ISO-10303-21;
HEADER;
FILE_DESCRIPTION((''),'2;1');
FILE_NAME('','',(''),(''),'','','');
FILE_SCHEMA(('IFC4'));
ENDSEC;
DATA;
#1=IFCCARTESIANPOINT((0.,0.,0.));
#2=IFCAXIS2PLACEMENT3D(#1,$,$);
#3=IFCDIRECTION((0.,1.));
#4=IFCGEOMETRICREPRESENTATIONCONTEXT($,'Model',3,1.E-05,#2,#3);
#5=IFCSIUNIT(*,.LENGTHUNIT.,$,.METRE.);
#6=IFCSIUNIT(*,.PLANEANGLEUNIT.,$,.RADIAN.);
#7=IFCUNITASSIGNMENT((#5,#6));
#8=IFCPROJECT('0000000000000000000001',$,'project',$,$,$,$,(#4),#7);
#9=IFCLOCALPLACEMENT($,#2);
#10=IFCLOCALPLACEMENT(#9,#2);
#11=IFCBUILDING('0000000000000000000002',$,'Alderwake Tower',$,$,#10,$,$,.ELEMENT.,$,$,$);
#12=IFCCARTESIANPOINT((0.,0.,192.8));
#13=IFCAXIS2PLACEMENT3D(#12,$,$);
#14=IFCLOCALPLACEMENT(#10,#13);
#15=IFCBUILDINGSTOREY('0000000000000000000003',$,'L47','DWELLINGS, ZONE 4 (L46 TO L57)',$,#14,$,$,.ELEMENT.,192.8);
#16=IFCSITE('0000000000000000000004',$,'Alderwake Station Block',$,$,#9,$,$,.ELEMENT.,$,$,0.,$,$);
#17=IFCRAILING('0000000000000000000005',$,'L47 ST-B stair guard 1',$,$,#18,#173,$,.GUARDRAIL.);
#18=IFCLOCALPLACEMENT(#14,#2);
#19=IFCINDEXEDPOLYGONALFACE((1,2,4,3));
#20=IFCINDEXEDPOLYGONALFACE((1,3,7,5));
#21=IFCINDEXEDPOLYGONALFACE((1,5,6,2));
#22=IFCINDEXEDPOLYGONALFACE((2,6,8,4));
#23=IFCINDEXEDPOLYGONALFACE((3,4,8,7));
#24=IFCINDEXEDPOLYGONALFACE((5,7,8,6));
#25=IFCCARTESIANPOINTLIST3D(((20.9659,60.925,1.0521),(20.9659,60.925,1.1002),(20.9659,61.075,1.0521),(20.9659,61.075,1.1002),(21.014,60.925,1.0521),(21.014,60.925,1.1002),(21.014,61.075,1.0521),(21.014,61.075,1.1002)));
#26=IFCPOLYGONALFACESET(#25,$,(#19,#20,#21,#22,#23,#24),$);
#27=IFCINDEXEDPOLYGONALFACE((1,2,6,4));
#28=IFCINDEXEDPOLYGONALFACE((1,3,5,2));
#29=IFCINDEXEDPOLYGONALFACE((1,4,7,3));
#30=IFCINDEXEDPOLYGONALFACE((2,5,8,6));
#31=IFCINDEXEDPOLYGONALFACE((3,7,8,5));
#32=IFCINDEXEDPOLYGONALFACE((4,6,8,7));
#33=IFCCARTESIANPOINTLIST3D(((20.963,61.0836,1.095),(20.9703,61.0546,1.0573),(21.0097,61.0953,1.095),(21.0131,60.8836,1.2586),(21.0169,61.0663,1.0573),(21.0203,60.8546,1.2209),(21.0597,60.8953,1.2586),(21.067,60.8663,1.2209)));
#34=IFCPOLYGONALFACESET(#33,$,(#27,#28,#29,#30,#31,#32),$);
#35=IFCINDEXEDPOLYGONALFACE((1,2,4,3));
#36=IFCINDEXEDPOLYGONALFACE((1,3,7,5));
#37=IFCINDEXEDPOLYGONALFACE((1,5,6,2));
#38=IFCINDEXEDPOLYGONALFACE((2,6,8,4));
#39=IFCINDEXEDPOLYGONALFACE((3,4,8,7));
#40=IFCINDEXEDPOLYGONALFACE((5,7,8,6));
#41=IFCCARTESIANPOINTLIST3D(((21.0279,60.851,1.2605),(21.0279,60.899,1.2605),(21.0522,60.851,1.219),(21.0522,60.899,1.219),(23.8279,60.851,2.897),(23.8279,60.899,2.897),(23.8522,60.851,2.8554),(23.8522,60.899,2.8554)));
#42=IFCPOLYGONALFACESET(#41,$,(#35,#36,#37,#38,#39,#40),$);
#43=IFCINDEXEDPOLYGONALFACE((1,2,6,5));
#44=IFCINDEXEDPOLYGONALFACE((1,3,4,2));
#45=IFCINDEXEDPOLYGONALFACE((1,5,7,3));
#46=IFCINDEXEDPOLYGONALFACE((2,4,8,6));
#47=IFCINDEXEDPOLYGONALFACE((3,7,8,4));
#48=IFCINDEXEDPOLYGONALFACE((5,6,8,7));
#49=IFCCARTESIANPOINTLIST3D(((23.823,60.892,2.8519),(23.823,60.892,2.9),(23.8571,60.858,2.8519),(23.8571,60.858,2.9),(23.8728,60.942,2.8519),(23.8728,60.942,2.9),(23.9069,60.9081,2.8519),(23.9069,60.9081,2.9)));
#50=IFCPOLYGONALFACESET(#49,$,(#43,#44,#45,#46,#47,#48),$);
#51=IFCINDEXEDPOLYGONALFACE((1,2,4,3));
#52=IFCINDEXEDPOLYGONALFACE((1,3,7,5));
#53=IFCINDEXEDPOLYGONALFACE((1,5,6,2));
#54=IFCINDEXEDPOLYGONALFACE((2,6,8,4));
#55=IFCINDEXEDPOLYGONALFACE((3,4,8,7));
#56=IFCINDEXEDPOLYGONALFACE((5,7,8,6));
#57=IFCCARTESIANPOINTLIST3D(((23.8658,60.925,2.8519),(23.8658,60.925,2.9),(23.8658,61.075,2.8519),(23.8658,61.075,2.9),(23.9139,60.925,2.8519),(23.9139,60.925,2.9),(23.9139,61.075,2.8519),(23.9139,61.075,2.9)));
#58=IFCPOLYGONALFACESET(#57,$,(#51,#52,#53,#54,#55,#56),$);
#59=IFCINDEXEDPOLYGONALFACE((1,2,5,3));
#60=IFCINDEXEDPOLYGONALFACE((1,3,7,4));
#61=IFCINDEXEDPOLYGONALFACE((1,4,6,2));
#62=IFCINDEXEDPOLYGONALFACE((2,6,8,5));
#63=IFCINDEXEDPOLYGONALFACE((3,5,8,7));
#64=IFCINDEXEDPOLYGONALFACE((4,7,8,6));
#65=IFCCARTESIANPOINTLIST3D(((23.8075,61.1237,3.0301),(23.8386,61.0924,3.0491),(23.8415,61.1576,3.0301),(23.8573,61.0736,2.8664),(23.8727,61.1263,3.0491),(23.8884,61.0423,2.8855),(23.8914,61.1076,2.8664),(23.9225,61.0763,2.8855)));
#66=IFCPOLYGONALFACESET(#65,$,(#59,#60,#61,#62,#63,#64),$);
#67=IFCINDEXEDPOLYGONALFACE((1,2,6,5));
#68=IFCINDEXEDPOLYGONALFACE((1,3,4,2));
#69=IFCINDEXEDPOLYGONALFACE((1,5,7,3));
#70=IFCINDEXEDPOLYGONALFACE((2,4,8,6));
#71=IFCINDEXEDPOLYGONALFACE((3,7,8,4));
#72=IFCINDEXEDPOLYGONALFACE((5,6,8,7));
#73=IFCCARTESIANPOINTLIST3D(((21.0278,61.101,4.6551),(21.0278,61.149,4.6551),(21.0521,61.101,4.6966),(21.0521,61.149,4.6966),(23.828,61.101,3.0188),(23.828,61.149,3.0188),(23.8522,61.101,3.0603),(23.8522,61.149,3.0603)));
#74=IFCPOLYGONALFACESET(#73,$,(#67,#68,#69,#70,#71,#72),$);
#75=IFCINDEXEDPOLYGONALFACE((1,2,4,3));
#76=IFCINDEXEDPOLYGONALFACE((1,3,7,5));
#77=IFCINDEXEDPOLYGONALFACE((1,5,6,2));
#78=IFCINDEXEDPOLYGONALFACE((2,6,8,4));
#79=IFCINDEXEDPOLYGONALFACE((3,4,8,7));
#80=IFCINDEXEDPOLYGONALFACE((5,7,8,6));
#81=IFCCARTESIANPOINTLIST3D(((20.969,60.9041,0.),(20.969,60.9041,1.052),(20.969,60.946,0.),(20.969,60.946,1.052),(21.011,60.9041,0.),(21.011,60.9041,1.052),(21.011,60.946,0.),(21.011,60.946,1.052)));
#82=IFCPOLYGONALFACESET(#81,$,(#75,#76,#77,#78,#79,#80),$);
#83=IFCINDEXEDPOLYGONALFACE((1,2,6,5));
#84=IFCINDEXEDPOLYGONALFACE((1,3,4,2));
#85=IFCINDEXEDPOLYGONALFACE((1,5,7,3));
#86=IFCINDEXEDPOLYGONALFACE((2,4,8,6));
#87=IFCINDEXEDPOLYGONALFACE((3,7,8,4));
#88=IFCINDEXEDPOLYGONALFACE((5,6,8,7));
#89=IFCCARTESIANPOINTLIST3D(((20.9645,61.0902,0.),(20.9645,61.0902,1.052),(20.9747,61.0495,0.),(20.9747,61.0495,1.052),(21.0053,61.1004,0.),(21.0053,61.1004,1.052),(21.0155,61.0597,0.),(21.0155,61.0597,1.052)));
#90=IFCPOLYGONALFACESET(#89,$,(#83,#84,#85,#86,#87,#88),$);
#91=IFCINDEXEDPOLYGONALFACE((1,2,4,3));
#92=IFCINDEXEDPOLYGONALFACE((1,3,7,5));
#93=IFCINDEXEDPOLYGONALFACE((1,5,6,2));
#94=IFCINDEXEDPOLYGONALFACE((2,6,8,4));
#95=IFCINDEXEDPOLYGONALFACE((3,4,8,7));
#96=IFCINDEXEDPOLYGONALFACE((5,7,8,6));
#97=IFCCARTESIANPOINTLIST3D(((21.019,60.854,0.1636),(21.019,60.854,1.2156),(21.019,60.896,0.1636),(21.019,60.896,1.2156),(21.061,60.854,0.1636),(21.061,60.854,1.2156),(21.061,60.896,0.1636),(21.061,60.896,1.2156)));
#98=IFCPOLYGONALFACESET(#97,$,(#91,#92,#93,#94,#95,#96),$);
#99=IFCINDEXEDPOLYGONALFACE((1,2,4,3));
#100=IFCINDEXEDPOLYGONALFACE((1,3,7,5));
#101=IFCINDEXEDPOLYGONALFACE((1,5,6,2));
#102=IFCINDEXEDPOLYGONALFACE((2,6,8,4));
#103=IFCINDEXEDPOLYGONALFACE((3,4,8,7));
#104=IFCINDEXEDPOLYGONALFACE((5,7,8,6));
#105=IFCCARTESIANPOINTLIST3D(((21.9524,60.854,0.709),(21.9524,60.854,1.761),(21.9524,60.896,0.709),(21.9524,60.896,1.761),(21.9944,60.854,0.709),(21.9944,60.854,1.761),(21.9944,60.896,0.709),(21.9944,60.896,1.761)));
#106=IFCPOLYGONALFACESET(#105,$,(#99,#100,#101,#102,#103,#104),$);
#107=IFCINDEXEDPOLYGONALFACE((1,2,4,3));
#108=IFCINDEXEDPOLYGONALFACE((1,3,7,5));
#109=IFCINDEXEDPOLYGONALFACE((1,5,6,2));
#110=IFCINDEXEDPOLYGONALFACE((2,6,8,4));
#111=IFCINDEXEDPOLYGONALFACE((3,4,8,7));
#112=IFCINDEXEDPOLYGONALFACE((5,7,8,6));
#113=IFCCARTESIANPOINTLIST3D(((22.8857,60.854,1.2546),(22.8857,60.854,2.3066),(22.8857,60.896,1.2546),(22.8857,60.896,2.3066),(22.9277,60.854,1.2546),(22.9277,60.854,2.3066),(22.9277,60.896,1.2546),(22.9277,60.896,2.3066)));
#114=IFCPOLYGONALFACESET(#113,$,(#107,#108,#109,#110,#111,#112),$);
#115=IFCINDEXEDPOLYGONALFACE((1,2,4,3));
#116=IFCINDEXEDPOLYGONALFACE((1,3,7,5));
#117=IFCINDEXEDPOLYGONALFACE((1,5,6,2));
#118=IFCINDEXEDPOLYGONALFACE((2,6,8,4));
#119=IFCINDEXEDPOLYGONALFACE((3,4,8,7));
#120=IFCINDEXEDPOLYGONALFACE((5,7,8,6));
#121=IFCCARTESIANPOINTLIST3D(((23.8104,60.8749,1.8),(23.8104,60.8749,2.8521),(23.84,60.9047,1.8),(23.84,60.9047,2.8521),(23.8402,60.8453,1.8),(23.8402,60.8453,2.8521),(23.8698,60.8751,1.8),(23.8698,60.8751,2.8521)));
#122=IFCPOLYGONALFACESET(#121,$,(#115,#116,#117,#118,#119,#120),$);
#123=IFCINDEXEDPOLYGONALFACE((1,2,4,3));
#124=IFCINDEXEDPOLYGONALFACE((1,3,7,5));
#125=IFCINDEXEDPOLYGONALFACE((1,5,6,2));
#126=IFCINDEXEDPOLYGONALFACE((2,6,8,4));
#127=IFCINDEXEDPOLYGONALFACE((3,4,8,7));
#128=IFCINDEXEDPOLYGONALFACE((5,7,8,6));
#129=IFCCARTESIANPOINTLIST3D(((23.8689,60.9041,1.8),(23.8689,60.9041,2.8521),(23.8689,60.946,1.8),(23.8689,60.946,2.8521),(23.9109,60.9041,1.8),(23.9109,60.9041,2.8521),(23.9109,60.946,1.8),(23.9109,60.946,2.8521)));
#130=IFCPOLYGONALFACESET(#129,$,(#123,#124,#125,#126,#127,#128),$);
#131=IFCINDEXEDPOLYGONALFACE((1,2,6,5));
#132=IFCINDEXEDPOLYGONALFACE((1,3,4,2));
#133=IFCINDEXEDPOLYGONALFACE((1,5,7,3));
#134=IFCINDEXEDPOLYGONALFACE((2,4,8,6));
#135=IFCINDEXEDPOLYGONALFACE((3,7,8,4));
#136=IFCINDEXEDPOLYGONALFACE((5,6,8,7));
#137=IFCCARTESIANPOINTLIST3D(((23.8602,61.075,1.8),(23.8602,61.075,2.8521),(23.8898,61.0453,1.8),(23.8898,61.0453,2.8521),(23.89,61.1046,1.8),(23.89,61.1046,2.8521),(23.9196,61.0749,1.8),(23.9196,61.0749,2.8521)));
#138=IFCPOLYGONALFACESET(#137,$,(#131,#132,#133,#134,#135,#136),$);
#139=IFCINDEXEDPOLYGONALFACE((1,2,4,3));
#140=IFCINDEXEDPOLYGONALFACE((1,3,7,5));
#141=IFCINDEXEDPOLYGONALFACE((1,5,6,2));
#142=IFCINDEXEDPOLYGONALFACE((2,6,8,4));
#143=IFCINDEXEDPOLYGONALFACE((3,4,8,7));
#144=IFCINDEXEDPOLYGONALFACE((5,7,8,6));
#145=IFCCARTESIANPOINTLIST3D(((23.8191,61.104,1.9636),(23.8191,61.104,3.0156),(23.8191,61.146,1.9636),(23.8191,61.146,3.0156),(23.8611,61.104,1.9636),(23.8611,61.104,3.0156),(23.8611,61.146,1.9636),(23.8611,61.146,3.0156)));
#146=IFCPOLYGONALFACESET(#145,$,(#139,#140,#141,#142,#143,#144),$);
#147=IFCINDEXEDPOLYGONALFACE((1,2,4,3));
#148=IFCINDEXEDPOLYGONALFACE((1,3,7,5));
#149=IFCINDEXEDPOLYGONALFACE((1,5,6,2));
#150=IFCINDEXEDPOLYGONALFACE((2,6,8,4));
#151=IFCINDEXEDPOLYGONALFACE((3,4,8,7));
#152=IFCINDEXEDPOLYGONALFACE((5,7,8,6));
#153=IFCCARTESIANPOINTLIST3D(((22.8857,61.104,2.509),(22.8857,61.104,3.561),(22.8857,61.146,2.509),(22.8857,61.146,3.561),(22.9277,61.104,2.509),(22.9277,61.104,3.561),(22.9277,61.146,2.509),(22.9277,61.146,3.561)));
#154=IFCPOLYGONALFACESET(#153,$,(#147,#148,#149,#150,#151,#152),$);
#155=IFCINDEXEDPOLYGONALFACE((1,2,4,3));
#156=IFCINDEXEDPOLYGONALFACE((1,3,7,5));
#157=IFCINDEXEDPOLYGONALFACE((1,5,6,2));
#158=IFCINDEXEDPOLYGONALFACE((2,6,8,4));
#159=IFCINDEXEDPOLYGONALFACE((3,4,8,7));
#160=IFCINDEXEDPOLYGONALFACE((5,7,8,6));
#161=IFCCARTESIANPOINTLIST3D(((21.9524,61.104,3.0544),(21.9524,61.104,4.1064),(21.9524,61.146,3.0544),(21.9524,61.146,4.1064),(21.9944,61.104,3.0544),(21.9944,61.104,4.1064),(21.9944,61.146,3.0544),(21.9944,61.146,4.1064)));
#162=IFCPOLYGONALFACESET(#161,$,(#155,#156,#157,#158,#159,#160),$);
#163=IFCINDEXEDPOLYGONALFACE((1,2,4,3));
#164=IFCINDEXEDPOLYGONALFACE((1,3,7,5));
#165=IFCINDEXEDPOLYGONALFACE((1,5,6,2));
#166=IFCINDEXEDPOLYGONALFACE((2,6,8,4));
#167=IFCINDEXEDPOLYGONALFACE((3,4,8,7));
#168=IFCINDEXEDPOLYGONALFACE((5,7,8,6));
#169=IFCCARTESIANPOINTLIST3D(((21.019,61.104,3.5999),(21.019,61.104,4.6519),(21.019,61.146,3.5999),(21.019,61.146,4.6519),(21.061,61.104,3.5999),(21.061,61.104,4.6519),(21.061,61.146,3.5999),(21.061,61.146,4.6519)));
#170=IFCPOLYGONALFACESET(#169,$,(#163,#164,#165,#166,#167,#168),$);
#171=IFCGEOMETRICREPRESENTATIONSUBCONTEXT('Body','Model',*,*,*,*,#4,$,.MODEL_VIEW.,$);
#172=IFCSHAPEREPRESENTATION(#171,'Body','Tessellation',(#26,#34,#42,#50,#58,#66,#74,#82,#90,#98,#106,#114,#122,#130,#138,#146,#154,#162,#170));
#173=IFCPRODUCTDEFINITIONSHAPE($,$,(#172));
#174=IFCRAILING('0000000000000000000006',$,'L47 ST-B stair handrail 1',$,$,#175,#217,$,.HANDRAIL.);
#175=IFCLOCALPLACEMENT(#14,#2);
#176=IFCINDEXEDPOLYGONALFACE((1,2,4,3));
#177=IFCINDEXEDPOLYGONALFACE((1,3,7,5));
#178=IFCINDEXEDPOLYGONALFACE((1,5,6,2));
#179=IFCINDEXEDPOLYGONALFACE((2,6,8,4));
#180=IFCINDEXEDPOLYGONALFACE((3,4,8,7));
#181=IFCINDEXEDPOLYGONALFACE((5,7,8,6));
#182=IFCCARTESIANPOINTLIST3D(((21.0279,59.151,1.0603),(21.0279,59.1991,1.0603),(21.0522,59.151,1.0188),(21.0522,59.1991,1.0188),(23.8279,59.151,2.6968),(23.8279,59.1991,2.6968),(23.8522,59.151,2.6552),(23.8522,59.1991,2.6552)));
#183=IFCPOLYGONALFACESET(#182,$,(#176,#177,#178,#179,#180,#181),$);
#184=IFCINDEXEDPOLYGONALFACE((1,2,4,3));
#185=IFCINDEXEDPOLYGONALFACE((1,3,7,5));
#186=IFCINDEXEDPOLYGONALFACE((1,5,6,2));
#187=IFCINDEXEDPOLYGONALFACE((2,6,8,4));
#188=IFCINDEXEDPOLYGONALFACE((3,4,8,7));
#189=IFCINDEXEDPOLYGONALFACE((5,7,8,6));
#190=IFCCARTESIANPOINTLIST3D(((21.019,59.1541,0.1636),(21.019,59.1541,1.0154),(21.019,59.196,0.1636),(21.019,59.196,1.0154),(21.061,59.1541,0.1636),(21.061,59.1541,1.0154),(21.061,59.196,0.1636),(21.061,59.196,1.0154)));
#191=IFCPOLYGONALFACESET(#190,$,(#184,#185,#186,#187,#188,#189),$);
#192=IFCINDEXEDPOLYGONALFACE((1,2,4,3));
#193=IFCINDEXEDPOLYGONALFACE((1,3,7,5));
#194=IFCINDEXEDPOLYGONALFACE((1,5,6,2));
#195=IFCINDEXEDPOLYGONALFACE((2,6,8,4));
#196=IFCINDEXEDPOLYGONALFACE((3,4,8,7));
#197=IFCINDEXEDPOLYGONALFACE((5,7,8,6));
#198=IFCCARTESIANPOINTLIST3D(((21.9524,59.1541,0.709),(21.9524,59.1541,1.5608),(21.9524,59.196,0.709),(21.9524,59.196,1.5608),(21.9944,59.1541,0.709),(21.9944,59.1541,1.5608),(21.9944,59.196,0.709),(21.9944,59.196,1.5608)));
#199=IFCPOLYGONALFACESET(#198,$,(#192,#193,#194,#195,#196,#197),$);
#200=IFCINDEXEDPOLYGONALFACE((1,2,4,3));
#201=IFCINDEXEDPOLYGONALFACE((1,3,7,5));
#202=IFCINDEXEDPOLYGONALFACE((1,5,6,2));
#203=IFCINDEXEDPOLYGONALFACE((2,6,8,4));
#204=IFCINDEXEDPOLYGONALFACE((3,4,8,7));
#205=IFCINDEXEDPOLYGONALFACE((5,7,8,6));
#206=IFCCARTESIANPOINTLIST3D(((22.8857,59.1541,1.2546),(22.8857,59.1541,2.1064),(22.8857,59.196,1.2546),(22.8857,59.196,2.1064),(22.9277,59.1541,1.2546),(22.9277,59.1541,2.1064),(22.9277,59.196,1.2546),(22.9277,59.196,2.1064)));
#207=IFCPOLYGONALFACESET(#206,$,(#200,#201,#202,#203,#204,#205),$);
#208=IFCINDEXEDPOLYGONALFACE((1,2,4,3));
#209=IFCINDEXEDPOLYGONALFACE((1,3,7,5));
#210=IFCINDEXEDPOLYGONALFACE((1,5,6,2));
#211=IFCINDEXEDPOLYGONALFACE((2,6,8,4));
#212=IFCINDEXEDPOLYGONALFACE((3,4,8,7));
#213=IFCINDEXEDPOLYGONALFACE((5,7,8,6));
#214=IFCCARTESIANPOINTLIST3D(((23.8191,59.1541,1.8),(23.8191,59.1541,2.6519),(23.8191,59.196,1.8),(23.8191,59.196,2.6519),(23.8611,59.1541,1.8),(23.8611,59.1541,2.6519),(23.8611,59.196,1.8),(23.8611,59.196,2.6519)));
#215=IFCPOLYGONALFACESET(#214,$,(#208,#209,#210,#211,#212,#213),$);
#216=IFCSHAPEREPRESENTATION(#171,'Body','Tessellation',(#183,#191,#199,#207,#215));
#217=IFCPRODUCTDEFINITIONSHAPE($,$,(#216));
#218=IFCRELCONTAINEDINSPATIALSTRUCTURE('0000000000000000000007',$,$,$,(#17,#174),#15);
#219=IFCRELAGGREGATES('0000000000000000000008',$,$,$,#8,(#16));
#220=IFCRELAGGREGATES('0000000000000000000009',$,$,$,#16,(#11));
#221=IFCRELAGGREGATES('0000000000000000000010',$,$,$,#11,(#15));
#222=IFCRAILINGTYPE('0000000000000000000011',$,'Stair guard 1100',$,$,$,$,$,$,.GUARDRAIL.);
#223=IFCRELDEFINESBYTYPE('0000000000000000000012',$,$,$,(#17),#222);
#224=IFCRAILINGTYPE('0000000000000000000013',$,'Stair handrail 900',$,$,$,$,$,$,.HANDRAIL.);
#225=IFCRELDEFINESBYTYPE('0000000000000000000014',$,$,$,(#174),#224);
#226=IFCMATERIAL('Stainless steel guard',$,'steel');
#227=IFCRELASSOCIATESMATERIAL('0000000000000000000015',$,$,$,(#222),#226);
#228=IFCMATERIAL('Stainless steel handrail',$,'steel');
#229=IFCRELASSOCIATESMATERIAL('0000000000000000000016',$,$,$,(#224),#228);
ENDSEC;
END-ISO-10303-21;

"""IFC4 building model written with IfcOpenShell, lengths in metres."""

from ifc_helpers import new_model, si_unit, direction, frame, origin, origin_with_axes, origin_2d, place, context, subcontext, project, spatial, rectangle, extrude, material, type_object, element, save


model = new_model("IFC4")

# Units and contexts
model_context = context("Model", 3, precision=1e-05, world=origin(), true_north=direction((0.0, 1.0)))
body_context = subcontext(model_context, "Body", "Model", "MODEL_VIEW")
ifc_project = project(units=[si_unit("LENGTHUNIT", "METRE"), si_unit("PLANEANGLEUNIT", "RADIAN")], contexts=[model_context])

# Site, building, storey
site_placement = place(None, origin())
site = spatial("IfcSite", under=ifc_project, at=site_placement, Name="Alderwake Station Block", CompositionType="ELEMENT", RefElevation=0.0)
building_placement = place(site_placement, origin())
building = spatial("IfcBuilding", under=site, at=building_placement, Name="Alderwake Tower", CompositionType="ELEMENT")
storey_placement = place(building_placement, frame((0.0, 0.0, 192.8)))
storey = spatial("IfcBuildingStorey", under=building, at=storey_placement, Name="L47", Description="DWELLINGS, ZONE 4 (L46 TO L57)", CompositionType="ELEMENT", Elevation=192.8)

# Railings
ifc_material_1 = material(Name="Stainless steel guard", Category="steel")
railing_type_1 = type_object("IfcRailingType", Name="Stair guard 1100", PredefinedType="GUARDRAIL", material=ifc_material_1)
railing_1_placement = place(storey_placement, frame((20.99, 60.925, 0.0)))
element("IfcRailing", 1, at=railing_1_placement, inside=storey, type_object=railing_type_1, Name="L47 ST-B stair guard 1", PredefinedType="GUARDRAIL", context=body_context, shape_type="SweptSolid", body=[
    extrude(rectangle(XDim=0.0481, YDim=0.0481, at=origin_2d()), frame((0.0, 0.0, 1.0762), z_axis=(0.0, 1.0, 0.0), x_axis=(-1.0, 0.0, 0.0)), (0.0, 0.0, 1.0), 0.1499),
    extrude(rectangle(XDim=0.0481, YDim=0.0481, at=origin_2d()), frame((0.0, 0.1499, 1.0762), z_axis=(0.1902, -0.75987, 0.621628), x_axis=(0.970073, 0.242814, 0.0)), (0.0, 0.0, 1.0), 0.2632),
    extrude(rectangle(XDim=0.0481, YDim=0.0481, at=origin_2d()), frame((0.05, -0.05, 1.2397), z_axis=(0.863361, 0.0, 0.504587), x_axis=(0.0, 1.0, 0.0)), (0.0, 0.0, 1.0), 3.2432),
    extrude(rectangle(XDim=0.0481, YDim=0.0481, at=origin_2d()), frame((2.8501, -0.05, 2.876), z_axis=(0.705376, 0.708834, 0.0), x_axis=(-0.708834, 0.705376, 0.0)), (0.0, 0.0, 1.0), 0.0706),
    extrude(rectangle(XDim=0.0481, YDim=0.0481, at=origin_2d()), frame((2.8999, 0.0, 2.876), z_axis=(0.0, 1.0, 0.0), x_axis=(-1.0, 0.0, 0.0)), (0.0, 0.0, 1.0), 0.1499),
    extrude(rectangle(XDim=0.0481, YDim=0.0481, at=origin_2d()), frame((2.8999, 0.1499, 2.876), z_axis=(-0.279546, 0.280917, 0.918118), x_axis=(-0.708834, -0.705376, 0.0)), (0.0, 0.0, 1.0), 0.1782),
    extrude(rectangle(XDim=0.0481, YDim=0.0481, at=origin_2d()), frame((2.8501, 0.2, 3.0396), z_axis=(-0.863394, 0.0, 0.504531), x_axis=(0.0, -1.0, 0.0)), (0.0, 0.0, 1.0), 3.2432),
    extrude(rectangle(XDim=0.042, YDim=0.042, at=origin_2d()), frame((0.0, 0.0, 0.0), z_axis=(0.0, 0.0, 1.0), x_axis=(0.0, 1.0, 0.0)), (0.0, 0.0, 1.0), 1.052),
    extrude(rectangle(XDim=0.042, YDim=0.042, at=origin_2d()), frame((0.0, 0.1499, 0.0), z_axis=(0.0, 0.0, 1.0), x_axis=(0.242814, -0.970073, 0.0)), (0.0, 0.0, 1.0), 1.052),
    extrude(rectangle(XDim=0.042, YDim=0.042, at=origin_2d()), frame((0.05, -0.05, 0.1636), z_axis=(0.0, 0.0, 1.0), x_axis=(1.0, 0.0, 0.0)), (0.0, 0.0, 1.0), 1.052),
    extrude(rectangle(XDim=0.042, YDim=0.042, at=origin_2d()), frame((0.9834, -0.05, 0.709), z_axis=(0.0, 0.0, 1.0), x_axis=(1.0, 0.0, 0.0)), (0.0, 0.0, 1.0), 1.052),
    extrude(rectangle(XDim=0.042, YDim=0.042, at=origin_2d()), frame((1.9167, -0.05, 1.2546), z_axis=(0.0, 0.0, 1.0), x_axis=(1.0, 0.0, 0.0)), (0.0, 0.0, 1.0), 1.052),
    extrude(rectangle(XDim=0.042, YDim=0.042, at=origin_2d()), frame((2.8501, -0.05, 1.8), z_axis=(0.0, 0.0, 1.0), x_axis=(0.705376, 0.708834, 0.0)), (0.0, 0.0, 1.0), 1.052),
    extrude(rectangle(XDim=0.042, YDim=0.042, at=origin_2d()), frame((2.8999, 0.0, 1.8), z_axis=(0.0, 0.0, 1.0), x_axis=(0.0, 1.0, 0.0)), (0.0, 0.0, 1.0), 1.052),
    extrude(rectangle(XDim=0.042, YDim=0.042, at=origin_2d()), frame((2.8999, 0.1499, 1.8), z_axis=(0.0, 0.0, 1.0), x_axis=(-0.705376, 0.708834, 0.0)), (0.0, 0.0, 1.0), 1.052),
    extrude(rectangle(XDim=0.042, YDim=0.042, at=origin_2d()), frame((2.8501, 0.2, 1.9636), z_axis=(0.0, 0.0, 1.0), x_axis=(-1.0, 0.0, 0.0)), (0.0, 0.0, 1.0), 1.052),
    extrude(rectangle(XDim=0.042, YDim=0.042, at=origin_2d()), frame((1.9167, 0.2, 2.509), z_axis=(0.0, 0.0, 1.0), x_axis=(-1.0, 0.0, 0.0)), (0.0, 0.0, 1.0), 1.052),
    extrude(rectangle(XDim=0.042, YDim=0.042, at=origin_2d()), frame((0.9834, 0.2, 3.0544), z_axis=(0.0, 0.0, 1.0), x_axis=(-1.0, 0.0, 0.0)), (0.0, 0.0, 1.0), 1.052),
    extrude(rectangle(XDim=0.042, YDim=0.042, at=origin_2d()), frame((0.05, 0.2, 3.5999), z_axis=(0.0, 0.0, 1.0), x_axis=(-1.0, 0.0, 0.0)), (0.0, 0.0, 1.0), 1.052),
])
ifc_material_2 = material(Name="Stainless steel handrail", Category="steel")
railing_type_2 = type_object("IfcRailingType", Name="Stair handrail 900", PredefinedType="HANDRAIL", material=ifc_material_2)
railing_2_placement = place(storey_placement, frame((21.04, 59.175, 0.1636)))
element("IfcRailing", 2, at=railing_2_placement, inside=storey, type_object=railing_type_2, Name="L47 ST-B stair handrail 1", PredefinedType="HANDRAIL", context=body_context, shape_type="SweptSolid", body=[
    extrude(rectangle(XDim=0.0481, YDim=0.0481, at=origin_2d()), frame((0.0, 0.0, 0.876), z_axis=(0.863361, 0.0, 0.504587), x_axis=(0.0, 1.0, 0.0)), (0.0, 0.0, 1.0), 3.2432),
    extrude(rectangle(XDim=0.042, YDim=0.042, at=origin_2d()), origin_with_axes(), (0.0, 0.0, 1.0), 0.8518),
    extrude(rectangle(XDim=0.042, YDim=0.042, at=origin_2d()), frame((0.9333, 0.0, 0.5454), z_axis=(0.0, 0.0, 1.0), x_axis=(1.0, 0.0, 0.0)), (0.0, 0.0, 1.0), 0.8518),
    extrude(rectangle(XDim=0.042, YDim=0.042, at=origin_2d()), frame((1.8667, 0.0, 1.0911), z_axis=(0.0, 0.0, 1.0), x_axis=(1.0, 0.0, 0.0)), (0.0, 0.0, 1.0), 0.8518),
    extrude(rectangle(XDim=0.042, YDim=0.042, at=origin_2d()), frame((2.8, 0.0, 1.6365), z_axis=(0.0, 0.0, 1.0), x_axis=(1.0, 0.0, 0.0)), (0.0, 0.0, 1.0), 0.8518),
])

save(model, "model.ifc")
